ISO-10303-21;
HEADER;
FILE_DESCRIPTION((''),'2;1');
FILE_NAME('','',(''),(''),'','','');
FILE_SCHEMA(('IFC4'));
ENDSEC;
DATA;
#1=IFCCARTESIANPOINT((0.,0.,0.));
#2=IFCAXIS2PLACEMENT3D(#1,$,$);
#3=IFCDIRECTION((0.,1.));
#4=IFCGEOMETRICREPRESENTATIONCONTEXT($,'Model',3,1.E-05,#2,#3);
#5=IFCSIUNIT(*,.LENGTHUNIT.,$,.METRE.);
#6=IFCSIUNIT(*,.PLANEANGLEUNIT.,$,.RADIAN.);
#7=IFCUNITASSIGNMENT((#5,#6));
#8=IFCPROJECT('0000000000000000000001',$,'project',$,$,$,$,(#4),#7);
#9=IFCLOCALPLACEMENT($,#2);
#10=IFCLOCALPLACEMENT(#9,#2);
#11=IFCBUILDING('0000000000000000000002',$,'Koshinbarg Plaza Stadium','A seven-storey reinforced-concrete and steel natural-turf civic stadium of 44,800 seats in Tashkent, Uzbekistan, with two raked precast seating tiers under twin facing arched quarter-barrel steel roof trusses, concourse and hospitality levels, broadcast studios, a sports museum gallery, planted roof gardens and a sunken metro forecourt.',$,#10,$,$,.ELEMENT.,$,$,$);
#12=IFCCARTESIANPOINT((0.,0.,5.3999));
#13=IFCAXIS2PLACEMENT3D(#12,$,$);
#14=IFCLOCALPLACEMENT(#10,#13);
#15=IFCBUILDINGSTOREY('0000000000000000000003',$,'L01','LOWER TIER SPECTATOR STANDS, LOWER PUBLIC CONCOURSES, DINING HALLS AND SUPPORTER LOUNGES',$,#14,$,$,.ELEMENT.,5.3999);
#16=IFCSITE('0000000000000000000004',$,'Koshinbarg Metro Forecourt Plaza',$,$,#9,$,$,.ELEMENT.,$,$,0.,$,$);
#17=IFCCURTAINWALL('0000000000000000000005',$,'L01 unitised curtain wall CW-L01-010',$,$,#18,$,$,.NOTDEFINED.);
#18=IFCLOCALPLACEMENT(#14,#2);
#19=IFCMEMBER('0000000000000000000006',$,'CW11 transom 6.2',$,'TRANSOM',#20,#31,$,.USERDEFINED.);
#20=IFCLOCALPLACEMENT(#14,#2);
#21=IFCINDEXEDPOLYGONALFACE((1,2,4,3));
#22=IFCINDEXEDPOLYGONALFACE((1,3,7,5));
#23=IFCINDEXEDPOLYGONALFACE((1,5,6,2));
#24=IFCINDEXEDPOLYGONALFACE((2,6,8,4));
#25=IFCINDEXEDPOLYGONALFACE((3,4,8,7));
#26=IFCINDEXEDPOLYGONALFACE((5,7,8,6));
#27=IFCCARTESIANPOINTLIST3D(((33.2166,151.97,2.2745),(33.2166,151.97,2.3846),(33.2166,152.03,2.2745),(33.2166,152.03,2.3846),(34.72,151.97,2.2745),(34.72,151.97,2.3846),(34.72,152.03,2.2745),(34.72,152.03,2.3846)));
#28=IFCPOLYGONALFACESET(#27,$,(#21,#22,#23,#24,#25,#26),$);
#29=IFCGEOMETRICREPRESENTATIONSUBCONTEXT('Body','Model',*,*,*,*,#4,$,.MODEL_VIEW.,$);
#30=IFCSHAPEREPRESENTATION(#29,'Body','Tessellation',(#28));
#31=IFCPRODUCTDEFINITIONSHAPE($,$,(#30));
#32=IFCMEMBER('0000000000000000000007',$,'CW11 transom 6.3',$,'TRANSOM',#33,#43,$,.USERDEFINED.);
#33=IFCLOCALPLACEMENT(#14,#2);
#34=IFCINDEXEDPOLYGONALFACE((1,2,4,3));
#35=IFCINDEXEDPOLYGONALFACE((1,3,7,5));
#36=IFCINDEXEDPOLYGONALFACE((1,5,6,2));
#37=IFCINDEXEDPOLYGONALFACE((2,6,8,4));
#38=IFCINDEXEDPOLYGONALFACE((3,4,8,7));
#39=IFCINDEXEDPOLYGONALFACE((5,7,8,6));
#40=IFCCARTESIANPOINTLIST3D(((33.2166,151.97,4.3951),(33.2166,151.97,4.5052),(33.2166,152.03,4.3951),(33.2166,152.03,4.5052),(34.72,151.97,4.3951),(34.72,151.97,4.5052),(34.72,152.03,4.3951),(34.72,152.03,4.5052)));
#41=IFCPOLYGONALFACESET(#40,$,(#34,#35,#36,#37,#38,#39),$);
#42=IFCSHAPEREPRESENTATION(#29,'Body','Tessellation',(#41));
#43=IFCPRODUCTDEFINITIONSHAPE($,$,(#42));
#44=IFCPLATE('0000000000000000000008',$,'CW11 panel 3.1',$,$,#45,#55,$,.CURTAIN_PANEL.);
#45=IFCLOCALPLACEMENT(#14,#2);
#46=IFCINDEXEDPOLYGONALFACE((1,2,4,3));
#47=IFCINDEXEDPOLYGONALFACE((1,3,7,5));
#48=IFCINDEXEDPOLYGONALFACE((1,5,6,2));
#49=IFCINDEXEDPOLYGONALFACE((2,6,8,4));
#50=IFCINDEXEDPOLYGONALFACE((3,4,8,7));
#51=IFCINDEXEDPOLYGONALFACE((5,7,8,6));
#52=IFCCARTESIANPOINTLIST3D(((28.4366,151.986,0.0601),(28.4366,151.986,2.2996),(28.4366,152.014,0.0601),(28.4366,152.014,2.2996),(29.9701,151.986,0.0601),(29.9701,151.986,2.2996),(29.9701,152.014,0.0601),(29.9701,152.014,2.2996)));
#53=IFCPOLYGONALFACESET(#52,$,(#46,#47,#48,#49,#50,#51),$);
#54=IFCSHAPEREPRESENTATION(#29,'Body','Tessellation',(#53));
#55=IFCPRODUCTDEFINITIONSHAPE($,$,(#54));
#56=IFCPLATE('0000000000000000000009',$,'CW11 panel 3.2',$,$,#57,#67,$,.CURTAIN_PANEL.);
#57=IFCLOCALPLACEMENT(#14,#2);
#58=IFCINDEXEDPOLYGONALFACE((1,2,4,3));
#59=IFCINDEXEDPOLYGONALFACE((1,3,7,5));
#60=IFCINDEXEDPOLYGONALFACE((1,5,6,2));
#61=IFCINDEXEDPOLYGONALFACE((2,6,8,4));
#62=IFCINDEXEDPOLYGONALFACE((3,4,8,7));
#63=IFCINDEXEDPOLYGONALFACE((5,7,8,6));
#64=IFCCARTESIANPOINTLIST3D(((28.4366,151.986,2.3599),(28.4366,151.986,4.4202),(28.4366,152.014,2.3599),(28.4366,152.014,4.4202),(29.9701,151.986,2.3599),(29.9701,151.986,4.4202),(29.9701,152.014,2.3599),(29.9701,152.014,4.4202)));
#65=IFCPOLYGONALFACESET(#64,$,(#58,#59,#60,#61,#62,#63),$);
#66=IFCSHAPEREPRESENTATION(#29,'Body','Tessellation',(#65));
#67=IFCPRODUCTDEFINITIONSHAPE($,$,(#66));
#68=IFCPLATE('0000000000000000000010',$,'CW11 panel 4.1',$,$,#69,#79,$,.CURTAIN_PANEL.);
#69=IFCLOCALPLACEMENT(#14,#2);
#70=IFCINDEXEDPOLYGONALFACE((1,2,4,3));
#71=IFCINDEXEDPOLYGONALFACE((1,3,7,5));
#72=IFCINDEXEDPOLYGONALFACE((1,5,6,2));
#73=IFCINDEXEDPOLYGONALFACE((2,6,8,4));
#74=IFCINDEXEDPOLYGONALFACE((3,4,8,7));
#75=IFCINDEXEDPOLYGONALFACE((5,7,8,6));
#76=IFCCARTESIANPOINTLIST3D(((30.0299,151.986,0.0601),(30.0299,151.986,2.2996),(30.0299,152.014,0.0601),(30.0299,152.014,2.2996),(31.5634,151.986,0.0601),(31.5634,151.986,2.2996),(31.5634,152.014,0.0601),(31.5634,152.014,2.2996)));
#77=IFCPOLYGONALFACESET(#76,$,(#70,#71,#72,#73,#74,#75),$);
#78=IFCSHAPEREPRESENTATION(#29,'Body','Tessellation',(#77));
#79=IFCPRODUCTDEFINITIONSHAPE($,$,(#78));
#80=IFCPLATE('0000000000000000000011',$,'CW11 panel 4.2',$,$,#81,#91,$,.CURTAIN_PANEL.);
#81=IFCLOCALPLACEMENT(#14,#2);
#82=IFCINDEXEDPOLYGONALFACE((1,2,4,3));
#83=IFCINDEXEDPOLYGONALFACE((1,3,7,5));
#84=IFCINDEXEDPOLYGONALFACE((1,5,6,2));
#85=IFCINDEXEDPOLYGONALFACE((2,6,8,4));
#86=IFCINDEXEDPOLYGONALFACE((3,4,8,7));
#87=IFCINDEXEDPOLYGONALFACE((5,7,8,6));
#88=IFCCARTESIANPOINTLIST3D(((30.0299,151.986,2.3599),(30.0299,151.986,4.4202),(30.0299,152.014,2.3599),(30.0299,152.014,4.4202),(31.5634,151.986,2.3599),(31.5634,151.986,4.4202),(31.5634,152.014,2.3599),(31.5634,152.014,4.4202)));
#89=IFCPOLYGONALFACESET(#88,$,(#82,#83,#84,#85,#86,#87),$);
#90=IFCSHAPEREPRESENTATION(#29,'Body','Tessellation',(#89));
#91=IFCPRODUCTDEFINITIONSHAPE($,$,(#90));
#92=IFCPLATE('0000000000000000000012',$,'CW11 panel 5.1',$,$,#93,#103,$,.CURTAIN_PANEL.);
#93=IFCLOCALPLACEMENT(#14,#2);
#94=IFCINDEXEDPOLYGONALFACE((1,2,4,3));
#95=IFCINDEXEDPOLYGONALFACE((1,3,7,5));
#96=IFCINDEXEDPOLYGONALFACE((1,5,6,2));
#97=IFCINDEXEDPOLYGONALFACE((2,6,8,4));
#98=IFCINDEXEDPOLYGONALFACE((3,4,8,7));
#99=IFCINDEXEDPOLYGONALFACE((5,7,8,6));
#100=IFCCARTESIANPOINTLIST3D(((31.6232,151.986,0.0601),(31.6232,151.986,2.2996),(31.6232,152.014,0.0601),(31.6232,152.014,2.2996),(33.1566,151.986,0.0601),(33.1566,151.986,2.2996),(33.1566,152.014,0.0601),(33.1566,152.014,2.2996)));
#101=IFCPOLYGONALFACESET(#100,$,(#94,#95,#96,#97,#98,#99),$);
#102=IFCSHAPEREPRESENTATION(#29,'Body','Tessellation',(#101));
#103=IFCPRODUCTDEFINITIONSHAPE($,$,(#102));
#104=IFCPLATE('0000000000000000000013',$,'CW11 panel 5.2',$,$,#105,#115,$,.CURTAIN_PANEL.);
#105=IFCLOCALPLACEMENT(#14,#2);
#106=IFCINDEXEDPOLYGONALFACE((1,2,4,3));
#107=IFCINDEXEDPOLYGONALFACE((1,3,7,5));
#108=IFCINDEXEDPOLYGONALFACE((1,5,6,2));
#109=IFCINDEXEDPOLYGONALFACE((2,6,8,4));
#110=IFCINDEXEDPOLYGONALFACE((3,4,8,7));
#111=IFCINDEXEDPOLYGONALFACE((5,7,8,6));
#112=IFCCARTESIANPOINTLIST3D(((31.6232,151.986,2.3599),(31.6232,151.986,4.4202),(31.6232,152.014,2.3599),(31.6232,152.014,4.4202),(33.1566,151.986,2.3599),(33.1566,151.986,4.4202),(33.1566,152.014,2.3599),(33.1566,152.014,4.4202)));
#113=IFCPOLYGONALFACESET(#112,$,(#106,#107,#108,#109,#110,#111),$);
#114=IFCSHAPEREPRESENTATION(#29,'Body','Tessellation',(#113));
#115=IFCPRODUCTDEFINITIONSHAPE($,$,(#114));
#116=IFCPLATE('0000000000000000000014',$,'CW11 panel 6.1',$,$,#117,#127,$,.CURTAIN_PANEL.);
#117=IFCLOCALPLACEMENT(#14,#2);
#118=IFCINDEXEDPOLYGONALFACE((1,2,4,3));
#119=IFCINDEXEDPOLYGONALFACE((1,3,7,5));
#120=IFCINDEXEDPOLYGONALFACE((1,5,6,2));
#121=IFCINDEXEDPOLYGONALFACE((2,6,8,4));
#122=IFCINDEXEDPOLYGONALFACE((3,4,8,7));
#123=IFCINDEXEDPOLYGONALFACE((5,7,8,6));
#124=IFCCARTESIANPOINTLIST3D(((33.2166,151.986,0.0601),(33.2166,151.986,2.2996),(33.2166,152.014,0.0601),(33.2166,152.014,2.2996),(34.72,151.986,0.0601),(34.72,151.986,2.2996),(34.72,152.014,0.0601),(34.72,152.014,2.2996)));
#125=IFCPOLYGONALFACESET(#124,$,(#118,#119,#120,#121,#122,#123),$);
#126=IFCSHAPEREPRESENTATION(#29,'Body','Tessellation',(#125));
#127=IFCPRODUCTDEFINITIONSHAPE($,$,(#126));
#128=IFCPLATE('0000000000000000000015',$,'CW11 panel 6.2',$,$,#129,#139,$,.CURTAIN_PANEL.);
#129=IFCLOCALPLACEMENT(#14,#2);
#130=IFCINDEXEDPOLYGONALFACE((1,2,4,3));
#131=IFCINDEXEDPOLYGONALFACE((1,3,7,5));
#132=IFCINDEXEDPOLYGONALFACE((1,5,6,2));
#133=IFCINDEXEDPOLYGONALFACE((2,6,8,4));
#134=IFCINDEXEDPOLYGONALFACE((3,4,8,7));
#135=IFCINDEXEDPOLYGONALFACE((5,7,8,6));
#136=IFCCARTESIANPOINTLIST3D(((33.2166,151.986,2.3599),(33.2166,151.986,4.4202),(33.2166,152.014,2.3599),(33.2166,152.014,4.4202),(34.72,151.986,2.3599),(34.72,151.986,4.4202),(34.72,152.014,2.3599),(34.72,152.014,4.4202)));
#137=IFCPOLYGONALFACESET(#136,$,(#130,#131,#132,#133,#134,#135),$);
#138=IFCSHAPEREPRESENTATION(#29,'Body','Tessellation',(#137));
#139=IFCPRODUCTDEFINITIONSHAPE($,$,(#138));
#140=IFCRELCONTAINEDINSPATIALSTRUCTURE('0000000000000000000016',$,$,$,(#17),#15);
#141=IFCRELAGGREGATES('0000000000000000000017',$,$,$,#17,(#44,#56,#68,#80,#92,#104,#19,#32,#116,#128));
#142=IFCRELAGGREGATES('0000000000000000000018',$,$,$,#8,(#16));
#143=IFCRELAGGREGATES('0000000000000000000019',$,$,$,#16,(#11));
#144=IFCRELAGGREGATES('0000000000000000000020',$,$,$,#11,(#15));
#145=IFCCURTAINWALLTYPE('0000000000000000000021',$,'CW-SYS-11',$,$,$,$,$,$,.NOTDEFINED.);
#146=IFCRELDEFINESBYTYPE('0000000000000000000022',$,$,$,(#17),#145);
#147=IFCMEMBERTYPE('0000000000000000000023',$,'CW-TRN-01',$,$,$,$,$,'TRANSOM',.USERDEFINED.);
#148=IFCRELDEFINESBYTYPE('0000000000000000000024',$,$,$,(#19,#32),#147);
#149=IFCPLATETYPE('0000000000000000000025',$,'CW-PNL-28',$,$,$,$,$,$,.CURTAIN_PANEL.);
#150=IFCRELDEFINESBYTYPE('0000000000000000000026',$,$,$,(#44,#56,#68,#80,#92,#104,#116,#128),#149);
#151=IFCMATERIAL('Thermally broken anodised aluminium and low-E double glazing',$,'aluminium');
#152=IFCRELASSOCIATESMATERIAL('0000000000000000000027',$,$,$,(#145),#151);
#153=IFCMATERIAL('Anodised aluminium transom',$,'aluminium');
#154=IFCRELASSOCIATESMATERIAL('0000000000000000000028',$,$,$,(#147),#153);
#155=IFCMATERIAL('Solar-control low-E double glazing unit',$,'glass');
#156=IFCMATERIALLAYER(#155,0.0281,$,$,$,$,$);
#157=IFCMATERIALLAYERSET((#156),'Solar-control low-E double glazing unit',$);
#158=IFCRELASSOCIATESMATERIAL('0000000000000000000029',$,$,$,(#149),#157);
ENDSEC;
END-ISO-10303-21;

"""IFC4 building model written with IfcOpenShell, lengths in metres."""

from ifc_helpers import new_model, si_unit, direction, frame, origin, origin_2d, place, context, subcontext, project, spatial, rectangle, extrude, material, layer, layer_set, material_profile, profile_set, type_object, element, aggregate, save


model = new_model("IFC4")

# Units and contexts
model_context = context("Model", 3, precision=1e-05, world=origin(), true_north=direction((0.0, 1.0)))
body_context = subcontext(model_context, "Body", "Model", "MODEL_VIEW")
ifc_project = project(units=[si_unit("LENGTHUNIT", "METRE"), si_unit("PLANEANGLEUNIT", "RADIAN")], contexts=[model_context])

# Site, building, storey
site_placement = place(None, origin())
site = spatial("IfcSite", under=ifc_project, at=site_placement, Name="Koshinbarg Metro Forecourt Plaza", CompositionType="ELEMENT", RefElevation=0.0)
building_placement = place(site_placement, origin())
building = spatial("IfcBuilding", under=site, at=building_placement, Name="Koshinbarg Plaza Stadium", Description="A seven-storey reinforced-concrete and steel natural-turf civic stadium of 44,800 seats in Tashkent, Uzbekistan, with two raked precast seating tiers under twin facing arched quarter-barrel steel roof trusses, concourse and hospitality levels, broadcast studios, a sports museum gallery, planted roof gardens and a sunken metro forecourt.", CompositionType="ELEMENT")
storey_placement = place(building_placement, frame((0.0, 0.0, 5.3999)))
storey = spatial("IfcBuildingStorey", under=building, at=storey_placement, Name="L01", Description="LOWER TIER SPECTATOR STANDS, LOWER PUBLIC CONCOURSES, DINING HALLS AND SUPPORTER LOUNGES", CompositionType="ELEMENT", Elevation=5.3999)

# Curtain wall, members, plates
ifc_material_1 = material(Name="Thermally broken anodised aluminium and low-E double glazing", Category="aluminium")
curtain_wall_type = type_object("IfcCurtainWallType", Name="CW-SYS-11", PredefinedType="NOTDEFINED", material=ifc_material_1)
curtain_wall_placement = place(storey_placement, origin())
curtain_wall = element("IfcCurtainWall", 1, at=curtain_wall_placement, inside=storey, type_object=curtain_wall_type, Name="L01 unitised curtain wall CW-L01-010", PredefinedType="NOTDEFINED")
ifc_material_2 = material(Name="Anodised aluminium transom", Category="aluminium")
ifc_material_profile_1 = material_profile(ifc_material_2, rectangle(XDim=0.0601, YDim=0.1101, at=origin_2d()), Name="ALU 60x110")
ifc_profile_set_1 = profile_set([ifc_material_profile_1], Name="Anodised aluminium transom")
member_type_1 = type_object("IfcMemberType", Name="CW-TRN-01", ElementType="TRANSOM", PredefinedType="USERDEFINED", material=ifc_profile_set_1)
member_1_placement = place(storey_placement, frame((33.2166, 152.0, 2.3296), z_axis=(1.0, 0.0, 0.0), x_axis=(0.0, 1.0, 0.0)))
member_1 = element("IfcMember", 2, at=member_1_placement, type_object=member_type_1, Name="CW11 transom 6.2", ObjectType="TRANSOM", PredefinedType="USERDEFINED", context=body_context, shape_type="SweptSolid", body=[
    extrude(rectangle(XDim=0.0601, YDim=0.1101, at=origin_2d()), origin(), (0.0, 0.0, 1.0), 1.5034),
])
member_2_placement = place(storey_placement, frame((33.2166, 152.0, 4.4502), z_axis=(1.0, 0.0, 0.0), x_axis=(0.0, 1.0, 0.0)))
member_2 = element("IfcMember", 3, at=member_2_placement, type_object=member_type_1, Name="CW11 transom 6.3", ObjectType="TRANSOM", PredefinedType="USERDEFINED", context=body_context, shape_type="SweptSolid", body=[
    extrude(rectangle(XDim=0.0601, YDim=0.1101, at=origin_2d()), origin(), (0.0, 0.0, 1.0), 1.5034),
])
ifc_material_3 = material(Name="Solar-control low-E double glazing unit", Category="glass")
ifc_layer = layer(ifc_material_3, 0.0281)
ifc_layer_set = layer_set([ifc_layer], Name="Solar-control low-E double glazing unit")
plate_type = type_object("IfcPlateType", Name="CW-PNL-28", PredefinedType="CURTAIN_PANEL", material=ifc_layer_set)
plate_1_placement = place(storey_placement, frame((29.2034, 152.0, 0.0601), z_axis=(0.0, 0.0, 1.0), x_axis=(1.0, 0.0, 0.0)))
plate_1 = element("IfcPlate", 4, at=plate_1_placement, type_object=plate_type, Name="CW11 panel 3.1", PredefinedType="CURTAIN_PANEL", context=body_context, shape_type="SweptSolid", body=[
    extrude(rectangle(XDim=1.5334, YDim=0.0281, at=origin_2d()), origin(), (0.0, 0.0, 1.0), 2.2395),
])
plate_2_placement = place(storey_placement, frame((29.2034, 152.0, 2.3599), z_axis=(0.0, 0.0, 1.0), x_axis=(1.0, 0.0, 0.0)))
plate_2 = element("IfcPlate", 5, at=plate_2_placement, type_object=plate_type, Name="CW11 panel 3.2", PredefinedType="CURTAIN_PANEL", context=body_context, shape_type="SweptSolid", body=[
    extrude(rectangle(XDim=1.5334, YDim=0.0281, at=origin_2d()), origin(), (0.0, 0.0, 1.0), 2.0603),
])
plate_3_placement = place(storey_placement, frame((30.7966, 152.0, 0.0601), z_axis=(0.0, 0.0, 1.0), x_axis=(1.0, 0.0, 0.0)))
plate_3 = element("IfcPlate", 6, at=plate_3_placement, type_object=plate_type, Name="CW11 panel 4.1", PredefinedType="CURTAIN_PANEL", context=body_context, shape_type="SweptSolid", body=[
    extrude(rectangle(XDim=1.5334, YDim=0.0281, at=origin_2d()), origin(), (0.0, 0.0, 1.0), 2.2395),
])
plate_4_placement = place(storey_placement, frame((30.7966, 152.0, 2.3599), z_axis=(0.0, 0.0, 1.0), x_axis=(1.0, 0.0, 0.0)))
plate_4 = element("IfcPlate", 7, at=plate_4_placement, type_object=plate_type, Name="CW11 panel 4.2", PredefinedType="CURTAIN_PANEL", context=body_context, shape_type="SweptSolid", body=[
    extrude(rectangle(XDim=1.5334, YDim=0.0281, at=origin_2d()), origin(), (0.0, 0.0, 1.0), 2.0603),
])
plate_5_placement = place(storey_placement, frame((32.3899, 152.0, 0.0601), z_axis=(0.0, 0.0, 1.0), x_axis=(1.0, 0.0, 0.0)))
plate_5 = element("IfcPlate", 8, at=plate_5_placement, type_object=plate_type, Name="CW11 panel 5.1", PredefinedType="CURTAIN_PANEL", context=body_context, shape_type="SweptSolid", body=[
    extrude(rectangle(XDim=1.5334, YDim=0.0281, at=origin_2d()), origin(), (0.0, 0.0, 1.0), 2.2395),
])
plate_6_placement = place(storey_placement, frame((32.3899, 152.0, 2.3599), z_axis=(0.0, 0.0, 1.0), x_axis=(1.0, 0.0, 0.0)))
plate_6 = element("IfcPlate", 9, at=plate_6_placement, type_object=plate_type, Name="CW11 panel 5.2", PredefinedType="CURTAIN_PANEL", context=body_context, shape_type="SweptSolid", body=[
    extrude(rectangle(XDim=1.5334, YDim=0.0281, at=origin_2d()), origin(), (0.0, 0.0, 1.0), 2.0603),
])
plate_7_placement = place(storey_placement, frame((33.9683, 152.0, 0.0601), z_axis=(0.0, 0.0, 1.0), x_axis=(1.0, 0.0, 0.0)))
plate_7 = element("IfcPlate", 10, at=plate_7_placement, type_object=plate_type, Name="CW11 panel 6.1", PredefinedType="CURTAIN_PANEL", context=body_context, shape_type="SweptSolid", body=[
    extrude(rectangle(XDim=1.5034, YDim=0.0281, at=origin_2d()), origin(), (0.0, 0.0, 1.0), 2.2395),
])
plate_8_placement = place(storey_placement, frame((33.9683, 152.0, 2.3599), z_axis=(0.0, 0.0, 1.0), x_axis=(1.0, 0.0, 0.0)))
plate_8 = element("IfcPlate", 11, at=plate_8_placement, type_object=plate_type, Name="CW11 panel 6.2", PredefinedType="CURTAIN_PANEL", context=body_context, shape_type="SweptSolid", body=[
    extrude(rectangle(XDim=1.5034, YDim=0.0281, at=origin_2d()), origin(), (0.0, 0.0, 1.0), 2.0603),
])
aggregate(curtain_wall, [plate_1, plate_2, plate_3, plate_4, plate_5, plate_6, member_1, member_2, plate_7, plate_8])

save(model, "model.ifc")
